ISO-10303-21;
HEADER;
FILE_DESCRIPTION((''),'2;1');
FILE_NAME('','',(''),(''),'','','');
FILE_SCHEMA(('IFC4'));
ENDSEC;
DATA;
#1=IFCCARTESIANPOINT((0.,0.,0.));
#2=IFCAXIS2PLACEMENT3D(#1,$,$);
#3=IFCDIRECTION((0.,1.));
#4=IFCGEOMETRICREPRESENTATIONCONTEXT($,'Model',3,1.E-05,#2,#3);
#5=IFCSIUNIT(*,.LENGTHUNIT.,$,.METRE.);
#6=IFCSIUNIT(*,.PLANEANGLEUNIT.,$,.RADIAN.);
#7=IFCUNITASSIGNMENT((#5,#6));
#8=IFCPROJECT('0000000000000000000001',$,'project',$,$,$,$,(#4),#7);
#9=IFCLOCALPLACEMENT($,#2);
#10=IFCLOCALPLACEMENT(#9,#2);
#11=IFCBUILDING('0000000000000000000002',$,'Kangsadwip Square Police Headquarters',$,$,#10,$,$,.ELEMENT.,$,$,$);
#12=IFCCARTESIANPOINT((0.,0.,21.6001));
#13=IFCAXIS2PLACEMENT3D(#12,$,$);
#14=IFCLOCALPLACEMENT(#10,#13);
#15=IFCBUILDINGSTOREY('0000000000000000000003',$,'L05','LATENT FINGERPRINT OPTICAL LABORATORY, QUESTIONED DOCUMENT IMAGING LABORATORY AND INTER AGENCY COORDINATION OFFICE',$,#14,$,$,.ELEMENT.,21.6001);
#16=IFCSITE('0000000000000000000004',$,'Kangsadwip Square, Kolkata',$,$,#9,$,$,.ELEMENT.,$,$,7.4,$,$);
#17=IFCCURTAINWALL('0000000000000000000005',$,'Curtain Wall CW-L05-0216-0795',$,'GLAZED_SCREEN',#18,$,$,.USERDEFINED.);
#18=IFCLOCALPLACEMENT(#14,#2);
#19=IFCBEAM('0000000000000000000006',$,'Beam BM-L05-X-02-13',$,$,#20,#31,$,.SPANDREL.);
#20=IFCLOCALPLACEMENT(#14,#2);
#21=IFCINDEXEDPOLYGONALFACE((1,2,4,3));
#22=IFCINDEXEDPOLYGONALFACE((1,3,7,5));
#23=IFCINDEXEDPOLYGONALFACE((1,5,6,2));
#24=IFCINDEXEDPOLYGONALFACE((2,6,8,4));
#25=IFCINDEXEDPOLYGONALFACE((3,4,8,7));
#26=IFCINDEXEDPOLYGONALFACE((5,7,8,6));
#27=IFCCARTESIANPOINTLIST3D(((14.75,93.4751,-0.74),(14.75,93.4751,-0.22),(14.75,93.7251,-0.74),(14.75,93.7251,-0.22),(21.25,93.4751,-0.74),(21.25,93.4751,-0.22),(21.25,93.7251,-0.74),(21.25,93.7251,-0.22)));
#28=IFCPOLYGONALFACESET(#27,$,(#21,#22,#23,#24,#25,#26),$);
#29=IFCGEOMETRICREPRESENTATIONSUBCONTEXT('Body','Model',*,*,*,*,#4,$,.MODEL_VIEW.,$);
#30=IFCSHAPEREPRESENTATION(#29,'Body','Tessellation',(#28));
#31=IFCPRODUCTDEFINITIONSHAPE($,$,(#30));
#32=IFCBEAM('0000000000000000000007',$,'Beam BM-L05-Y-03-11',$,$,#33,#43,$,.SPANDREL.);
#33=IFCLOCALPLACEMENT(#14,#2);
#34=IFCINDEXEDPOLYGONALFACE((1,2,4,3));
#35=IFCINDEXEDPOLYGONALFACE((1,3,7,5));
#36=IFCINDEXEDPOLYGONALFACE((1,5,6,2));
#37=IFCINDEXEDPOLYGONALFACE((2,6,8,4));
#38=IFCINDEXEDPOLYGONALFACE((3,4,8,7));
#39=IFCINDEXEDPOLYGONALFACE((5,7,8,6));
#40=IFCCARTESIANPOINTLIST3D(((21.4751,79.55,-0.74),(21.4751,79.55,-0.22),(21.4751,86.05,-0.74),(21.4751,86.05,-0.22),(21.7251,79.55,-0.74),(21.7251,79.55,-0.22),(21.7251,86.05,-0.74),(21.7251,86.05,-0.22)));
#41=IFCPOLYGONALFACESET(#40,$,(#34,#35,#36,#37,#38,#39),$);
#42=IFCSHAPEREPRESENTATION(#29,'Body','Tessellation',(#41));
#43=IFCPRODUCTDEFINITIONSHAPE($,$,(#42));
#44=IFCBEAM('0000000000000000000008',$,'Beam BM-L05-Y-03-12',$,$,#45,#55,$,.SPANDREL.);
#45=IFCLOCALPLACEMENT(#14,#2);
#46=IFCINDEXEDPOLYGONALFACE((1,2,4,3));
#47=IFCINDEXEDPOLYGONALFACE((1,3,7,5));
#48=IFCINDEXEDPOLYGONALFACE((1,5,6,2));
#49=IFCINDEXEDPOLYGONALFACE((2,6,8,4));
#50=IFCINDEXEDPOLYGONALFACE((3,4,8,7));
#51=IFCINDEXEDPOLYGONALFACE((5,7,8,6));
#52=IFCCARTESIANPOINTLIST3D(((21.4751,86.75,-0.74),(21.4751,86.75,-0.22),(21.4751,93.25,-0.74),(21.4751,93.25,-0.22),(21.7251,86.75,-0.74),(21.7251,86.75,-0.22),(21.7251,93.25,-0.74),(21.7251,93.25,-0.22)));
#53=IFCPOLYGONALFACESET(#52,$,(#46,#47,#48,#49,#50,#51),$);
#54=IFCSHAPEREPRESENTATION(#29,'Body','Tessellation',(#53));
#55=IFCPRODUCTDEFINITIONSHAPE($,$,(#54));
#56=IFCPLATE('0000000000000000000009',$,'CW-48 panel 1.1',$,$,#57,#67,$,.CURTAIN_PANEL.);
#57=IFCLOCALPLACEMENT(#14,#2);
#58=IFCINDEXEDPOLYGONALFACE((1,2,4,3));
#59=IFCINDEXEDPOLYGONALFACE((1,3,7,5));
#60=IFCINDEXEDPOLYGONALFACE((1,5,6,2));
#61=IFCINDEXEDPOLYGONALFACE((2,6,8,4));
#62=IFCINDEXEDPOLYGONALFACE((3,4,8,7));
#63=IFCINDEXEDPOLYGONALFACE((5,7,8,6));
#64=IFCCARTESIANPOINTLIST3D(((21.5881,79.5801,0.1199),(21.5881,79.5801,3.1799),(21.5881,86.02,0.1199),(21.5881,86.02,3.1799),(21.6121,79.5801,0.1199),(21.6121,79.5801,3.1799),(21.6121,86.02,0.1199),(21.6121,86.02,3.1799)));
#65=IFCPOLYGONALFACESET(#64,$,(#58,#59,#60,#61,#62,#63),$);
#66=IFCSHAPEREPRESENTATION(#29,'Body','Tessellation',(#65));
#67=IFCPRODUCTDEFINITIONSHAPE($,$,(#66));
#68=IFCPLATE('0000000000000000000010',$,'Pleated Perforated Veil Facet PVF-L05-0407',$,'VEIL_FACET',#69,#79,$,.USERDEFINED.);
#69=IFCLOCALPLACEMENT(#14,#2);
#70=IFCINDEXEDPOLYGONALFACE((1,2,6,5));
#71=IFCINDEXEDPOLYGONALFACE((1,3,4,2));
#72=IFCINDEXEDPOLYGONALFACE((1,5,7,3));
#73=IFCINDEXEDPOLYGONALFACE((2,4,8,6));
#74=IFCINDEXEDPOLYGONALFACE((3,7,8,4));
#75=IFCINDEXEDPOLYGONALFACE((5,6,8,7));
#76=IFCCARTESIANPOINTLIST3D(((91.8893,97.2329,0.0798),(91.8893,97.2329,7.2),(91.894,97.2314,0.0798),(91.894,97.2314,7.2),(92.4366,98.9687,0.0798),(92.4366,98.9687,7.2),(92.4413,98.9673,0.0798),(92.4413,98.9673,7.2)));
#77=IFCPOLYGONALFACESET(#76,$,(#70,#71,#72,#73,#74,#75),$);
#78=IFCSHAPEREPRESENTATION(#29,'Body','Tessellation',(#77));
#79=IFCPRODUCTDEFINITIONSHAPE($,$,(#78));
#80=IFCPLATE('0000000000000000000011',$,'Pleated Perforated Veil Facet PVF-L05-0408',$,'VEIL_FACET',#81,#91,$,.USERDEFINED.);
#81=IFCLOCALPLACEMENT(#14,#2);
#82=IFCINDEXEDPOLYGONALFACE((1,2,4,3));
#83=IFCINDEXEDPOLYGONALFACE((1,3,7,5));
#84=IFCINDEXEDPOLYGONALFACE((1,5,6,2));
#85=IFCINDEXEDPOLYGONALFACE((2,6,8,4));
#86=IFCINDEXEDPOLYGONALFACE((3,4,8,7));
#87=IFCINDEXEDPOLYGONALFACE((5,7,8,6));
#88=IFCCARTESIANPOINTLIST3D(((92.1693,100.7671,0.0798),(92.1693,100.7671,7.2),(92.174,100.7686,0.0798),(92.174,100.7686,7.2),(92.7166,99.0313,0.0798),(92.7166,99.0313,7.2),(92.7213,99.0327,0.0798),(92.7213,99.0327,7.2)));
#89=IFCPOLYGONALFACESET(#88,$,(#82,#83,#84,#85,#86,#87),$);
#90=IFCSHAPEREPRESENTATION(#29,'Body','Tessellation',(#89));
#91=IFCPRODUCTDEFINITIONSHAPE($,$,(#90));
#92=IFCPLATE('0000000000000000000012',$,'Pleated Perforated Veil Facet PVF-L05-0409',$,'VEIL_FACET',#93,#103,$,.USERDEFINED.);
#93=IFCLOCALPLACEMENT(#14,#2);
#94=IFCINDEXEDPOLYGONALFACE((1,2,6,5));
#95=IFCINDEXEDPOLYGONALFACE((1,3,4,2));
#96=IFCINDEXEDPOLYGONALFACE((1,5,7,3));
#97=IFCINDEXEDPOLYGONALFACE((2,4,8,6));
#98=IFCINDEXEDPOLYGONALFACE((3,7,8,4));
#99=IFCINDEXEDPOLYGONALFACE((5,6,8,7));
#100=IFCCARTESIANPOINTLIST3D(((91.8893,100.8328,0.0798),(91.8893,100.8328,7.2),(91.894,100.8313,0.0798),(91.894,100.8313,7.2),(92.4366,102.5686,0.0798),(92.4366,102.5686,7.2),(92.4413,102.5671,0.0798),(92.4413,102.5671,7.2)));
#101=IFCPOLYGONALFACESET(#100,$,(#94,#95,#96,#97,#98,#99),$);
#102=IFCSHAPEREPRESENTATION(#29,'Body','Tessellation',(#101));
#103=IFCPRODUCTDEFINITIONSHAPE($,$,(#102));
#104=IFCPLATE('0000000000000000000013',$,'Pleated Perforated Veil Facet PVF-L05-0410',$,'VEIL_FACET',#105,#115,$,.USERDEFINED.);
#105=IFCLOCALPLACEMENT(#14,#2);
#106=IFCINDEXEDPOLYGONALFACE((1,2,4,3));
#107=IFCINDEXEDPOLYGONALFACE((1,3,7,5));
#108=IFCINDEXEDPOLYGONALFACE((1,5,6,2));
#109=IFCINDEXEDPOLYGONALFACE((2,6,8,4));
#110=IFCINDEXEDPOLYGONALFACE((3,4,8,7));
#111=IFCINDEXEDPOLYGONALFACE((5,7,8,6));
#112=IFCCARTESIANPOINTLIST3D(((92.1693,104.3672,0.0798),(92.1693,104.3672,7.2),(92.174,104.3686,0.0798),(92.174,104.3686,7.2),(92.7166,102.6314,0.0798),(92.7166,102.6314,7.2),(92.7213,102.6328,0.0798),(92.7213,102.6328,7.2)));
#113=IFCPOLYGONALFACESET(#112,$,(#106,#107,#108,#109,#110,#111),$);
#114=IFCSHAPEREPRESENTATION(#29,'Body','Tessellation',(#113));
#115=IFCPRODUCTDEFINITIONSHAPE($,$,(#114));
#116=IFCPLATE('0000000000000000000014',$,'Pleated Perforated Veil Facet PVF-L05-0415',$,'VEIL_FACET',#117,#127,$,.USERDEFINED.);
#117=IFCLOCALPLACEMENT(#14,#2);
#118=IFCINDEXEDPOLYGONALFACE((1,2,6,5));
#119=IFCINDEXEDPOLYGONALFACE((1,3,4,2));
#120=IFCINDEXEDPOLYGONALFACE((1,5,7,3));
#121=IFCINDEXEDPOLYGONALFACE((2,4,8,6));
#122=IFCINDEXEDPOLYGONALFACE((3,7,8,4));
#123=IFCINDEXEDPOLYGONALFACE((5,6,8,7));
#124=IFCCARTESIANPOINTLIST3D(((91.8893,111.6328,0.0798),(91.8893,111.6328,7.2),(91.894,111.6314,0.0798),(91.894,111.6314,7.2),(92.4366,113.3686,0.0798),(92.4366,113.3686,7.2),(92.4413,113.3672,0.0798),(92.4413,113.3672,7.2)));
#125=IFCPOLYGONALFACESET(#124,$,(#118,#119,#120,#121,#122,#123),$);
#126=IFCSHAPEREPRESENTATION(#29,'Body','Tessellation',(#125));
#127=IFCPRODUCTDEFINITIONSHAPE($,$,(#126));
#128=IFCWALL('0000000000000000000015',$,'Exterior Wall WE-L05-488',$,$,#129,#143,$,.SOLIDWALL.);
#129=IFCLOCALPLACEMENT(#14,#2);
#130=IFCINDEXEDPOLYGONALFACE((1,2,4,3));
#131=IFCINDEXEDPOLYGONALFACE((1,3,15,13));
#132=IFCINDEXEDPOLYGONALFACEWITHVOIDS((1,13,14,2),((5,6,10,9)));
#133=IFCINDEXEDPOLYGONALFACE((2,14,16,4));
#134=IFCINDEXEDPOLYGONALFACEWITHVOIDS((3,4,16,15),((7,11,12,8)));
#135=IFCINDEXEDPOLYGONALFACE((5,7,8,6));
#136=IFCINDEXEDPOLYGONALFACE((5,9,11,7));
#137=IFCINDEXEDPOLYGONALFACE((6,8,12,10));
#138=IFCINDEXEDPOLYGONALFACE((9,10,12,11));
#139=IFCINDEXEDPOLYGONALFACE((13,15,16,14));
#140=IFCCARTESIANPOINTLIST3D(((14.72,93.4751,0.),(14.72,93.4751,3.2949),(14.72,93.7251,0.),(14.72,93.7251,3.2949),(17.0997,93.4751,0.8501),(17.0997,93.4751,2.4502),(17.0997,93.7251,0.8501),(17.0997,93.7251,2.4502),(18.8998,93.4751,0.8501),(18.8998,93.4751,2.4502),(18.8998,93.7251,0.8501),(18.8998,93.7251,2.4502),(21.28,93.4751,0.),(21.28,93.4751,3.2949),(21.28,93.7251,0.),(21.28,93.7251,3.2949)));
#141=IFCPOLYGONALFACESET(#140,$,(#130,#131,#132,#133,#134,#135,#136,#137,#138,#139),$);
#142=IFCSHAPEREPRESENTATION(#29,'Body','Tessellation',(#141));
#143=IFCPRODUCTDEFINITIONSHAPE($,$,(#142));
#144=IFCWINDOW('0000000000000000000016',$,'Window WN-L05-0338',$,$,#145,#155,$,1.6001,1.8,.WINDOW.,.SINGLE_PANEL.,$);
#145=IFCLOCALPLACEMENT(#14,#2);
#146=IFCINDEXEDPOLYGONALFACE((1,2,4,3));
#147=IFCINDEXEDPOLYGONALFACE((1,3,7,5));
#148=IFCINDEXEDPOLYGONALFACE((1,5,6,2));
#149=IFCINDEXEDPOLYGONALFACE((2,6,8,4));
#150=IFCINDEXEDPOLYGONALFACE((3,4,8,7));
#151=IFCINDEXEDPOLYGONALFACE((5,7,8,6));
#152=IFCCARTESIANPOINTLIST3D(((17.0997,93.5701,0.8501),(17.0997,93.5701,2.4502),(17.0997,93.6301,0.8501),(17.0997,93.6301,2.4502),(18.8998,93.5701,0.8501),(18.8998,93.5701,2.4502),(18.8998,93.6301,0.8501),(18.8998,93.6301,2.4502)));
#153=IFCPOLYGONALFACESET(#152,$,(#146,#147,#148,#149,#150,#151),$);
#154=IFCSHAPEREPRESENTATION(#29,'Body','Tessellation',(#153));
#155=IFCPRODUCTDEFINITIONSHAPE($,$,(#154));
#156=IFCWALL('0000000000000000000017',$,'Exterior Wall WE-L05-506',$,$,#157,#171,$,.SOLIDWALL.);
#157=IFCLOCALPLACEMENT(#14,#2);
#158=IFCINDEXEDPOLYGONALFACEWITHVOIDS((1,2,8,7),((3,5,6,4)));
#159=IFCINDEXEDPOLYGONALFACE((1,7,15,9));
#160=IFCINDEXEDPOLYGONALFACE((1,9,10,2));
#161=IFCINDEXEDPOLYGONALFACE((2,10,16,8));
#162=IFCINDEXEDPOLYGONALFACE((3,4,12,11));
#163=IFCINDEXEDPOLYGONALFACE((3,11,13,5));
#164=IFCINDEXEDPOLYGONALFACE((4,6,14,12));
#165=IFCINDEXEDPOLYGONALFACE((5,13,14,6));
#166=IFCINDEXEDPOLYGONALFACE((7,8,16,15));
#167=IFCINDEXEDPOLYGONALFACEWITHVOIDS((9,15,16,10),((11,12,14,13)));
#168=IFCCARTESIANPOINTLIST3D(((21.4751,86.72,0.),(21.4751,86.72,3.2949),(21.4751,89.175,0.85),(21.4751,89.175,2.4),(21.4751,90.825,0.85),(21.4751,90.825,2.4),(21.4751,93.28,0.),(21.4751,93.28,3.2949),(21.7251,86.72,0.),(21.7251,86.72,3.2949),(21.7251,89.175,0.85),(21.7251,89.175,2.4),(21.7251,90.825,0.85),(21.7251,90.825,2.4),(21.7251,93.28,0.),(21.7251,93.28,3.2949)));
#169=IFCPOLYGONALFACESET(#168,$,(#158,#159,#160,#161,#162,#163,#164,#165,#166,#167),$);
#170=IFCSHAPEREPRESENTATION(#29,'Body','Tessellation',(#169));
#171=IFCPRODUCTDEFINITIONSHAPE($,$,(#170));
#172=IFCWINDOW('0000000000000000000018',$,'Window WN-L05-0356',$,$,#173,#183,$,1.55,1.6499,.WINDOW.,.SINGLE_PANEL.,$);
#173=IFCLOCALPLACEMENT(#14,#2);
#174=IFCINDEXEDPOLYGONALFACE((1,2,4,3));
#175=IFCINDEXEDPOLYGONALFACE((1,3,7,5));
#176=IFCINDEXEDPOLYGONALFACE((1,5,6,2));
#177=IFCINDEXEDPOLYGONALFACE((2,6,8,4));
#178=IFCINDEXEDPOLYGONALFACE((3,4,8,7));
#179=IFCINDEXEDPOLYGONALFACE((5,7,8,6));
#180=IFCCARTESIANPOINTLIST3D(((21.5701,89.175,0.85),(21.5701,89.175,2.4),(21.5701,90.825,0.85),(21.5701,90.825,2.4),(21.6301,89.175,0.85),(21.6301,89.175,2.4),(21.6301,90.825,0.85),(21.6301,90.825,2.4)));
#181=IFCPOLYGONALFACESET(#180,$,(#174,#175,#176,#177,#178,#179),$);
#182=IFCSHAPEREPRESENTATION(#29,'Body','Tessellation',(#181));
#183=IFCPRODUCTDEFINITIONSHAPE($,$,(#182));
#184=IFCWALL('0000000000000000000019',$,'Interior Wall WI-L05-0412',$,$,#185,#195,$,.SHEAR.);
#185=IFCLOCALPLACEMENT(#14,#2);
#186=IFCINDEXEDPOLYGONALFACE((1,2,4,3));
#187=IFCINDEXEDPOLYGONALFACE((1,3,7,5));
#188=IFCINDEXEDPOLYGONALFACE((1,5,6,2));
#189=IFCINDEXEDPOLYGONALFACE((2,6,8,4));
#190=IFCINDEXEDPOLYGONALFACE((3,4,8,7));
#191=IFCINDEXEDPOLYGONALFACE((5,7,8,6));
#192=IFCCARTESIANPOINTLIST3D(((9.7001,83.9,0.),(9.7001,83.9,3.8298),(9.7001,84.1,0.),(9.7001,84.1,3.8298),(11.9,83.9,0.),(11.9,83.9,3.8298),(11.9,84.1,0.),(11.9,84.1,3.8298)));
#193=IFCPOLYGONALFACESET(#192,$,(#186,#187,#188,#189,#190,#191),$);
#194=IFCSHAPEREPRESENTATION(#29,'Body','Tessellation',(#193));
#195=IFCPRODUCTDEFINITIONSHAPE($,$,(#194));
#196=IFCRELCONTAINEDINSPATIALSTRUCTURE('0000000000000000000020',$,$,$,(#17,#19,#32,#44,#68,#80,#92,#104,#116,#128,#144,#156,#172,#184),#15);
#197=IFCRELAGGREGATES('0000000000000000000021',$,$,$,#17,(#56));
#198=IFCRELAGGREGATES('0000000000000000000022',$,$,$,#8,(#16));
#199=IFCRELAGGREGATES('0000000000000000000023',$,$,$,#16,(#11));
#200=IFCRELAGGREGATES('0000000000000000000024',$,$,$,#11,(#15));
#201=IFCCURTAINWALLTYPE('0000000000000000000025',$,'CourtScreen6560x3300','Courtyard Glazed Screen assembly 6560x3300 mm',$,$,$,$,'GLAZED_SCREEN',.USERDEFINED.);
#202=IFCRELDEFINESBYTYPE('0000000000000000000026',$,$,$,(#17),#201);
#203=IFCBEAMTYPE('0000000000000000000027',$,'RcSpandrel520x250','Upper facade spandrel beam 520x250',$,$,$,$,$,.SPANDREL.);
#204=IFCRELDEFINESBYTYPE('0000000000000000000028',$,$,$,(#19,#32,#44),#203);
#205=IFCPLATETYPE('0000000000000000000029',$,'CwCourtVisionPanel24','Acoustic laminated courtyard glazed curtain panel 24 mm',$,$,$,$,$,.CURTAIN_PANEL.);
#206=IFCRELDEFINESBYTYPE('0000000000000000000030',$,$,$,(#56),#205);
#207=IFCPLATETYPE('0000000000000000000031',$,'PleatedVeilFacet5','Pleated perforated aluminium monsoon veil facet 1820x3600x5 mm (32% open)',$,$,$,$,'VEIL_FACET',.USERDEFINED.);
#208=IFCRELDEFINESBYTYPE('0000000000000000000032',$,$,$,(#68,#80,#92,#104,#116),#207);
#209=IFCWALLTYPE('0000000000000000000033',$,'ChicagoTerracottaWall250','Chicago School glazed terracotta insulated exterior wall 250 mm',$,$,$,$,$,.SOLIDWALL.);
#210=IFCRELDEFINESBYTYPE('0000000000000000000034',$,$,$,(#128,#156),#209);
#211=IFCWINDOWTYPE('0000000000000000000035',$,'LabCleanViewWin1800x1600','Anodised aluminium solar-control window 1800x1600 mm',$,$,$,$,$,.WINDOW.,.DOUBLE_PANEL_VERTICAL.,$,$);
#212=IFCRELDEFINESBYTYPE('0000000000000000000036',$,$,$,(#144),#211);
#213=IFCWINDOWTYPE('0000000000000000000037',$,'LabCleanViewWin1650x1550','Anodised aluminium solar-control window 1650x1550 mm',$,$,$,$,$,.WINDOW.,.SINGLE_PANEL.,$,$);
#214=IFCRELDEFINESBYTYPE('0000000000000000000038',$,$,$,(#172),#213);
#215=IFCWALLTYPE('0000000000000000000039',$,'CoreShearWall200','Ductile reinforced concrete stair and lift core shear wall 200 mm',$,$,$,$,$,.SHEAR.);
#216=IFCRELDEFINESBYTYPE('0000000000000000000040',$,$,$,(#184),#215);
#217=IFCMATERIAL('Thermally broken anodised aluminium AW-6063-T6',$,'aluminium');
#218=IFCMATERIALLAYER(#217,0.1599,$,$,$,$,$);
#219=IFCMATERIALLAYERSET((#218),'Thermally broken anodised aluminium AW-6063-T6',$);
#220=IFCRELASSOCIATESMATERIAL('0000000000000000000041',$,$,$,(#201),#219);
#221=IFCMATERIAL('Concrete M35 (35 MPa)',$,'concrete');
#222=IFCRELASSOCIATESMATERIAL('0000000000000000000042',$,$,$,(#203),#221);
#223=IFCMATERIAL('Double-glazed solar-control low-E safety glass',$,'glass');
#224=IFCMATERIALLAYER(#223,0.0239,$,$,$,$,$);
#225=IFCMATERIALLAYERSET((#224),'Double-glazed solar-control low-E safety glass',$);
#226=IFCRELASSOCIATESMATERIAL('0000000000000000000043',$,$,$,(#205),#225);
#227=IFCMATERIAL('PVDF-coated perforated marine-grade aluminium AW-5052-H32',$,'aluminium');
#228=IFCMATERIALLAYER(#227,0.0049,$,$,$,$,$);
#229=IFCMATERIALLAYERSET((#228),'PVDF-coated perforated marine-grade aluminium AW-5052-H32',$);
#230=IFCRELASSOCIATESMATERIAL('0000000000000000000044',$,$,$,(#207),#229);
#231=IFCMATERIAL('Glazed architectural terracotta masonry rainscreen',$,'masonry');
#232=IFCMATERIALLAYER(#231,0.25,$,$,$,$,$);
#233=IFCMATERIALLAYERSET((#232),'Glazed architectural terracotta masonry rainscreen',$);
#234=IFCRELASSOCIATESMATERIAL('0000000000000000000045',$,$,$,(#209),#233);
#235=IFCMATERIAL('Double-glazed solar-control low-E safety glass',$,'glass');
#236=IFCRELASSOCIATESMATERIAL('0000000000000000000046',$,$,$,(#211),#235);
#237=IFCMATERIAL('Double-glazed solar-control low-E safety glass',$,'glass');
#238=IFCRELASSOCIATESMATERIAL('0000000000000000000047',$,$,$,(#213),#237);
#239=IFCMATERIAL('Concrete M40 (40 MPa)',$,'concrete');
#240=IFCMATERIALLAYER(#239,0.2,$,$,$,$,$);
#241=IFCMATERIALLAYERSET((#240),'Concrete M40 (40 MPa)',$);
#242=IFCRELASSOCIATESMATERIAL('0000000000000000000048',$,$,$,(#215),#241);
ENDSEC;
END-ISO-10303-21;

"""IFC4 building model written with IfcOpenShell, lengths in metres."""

from ifc_helpers import new_model, si_unit, direction, frame, frame_2d, origin, origin_2d, place, context, subcontext, project, spatial, rectangle, extrude, material, layer, layer_set, material_profile, profile_set, type_object, element, fill, aggregate, save


model = new_model("IFC4")

# Units and contexts
model_context = context("Model", 3, precision=1e-05, world=origin(), true_north=direction((0.0, 1.0)))
body_context = subcontext(model_context, "Body", "Model", "MODEL_VIEW")
ifc_project = project(units=[si_unit("LENGTHUNIT", "METRE"), si_unit("PLANEANGLEUNIT", "RADIAN")], contexts=[model_context])

# Site, building, storey
site_placement = place(None, origin())
site = spatial("IfcSite", under=ifc_project, at=site_placement, Name="Kangsadwip Square, Kolkata", CompositionType="ELEMENT", RefElevation=7.4)
building_placement = place(site_placement, origin())
building = spatial("IfcBuilding", under=site, at=building_placement, Name="Kangsadwip Square Police Headquarters", CompositionType="ELEMENT")
storey_placement = place(building_placement, frame((0.0, 0.0, 21.6001)))
storey = spatial("IfcBuildingStorey", under=building, at=storey_placement, Name="L05", Description="LATENT FINGERPRINT OPTICAL LABORATORY, QUESTIONED DOCUMENT IMAGING LABORATORY AND INTER AGENCY COORDINATION OFFICE", CompositionType="ELEMENT", Elevation=21.6001)

# Curtain wall
ifc_material_1 = material(Name="Thermally broken anodised aluminium AW-6063-T6", Category="aluminium")
ifc_layer_1 = layer(ifc_material_1, 0.1599)
ifc_layer_set_1 = layer_set([ifc_layer_1], Name="Thermally broken anodised aluminium AW-6063-T6")
curtain_wall_type = type_object("IfcCurtainWallType", Name="CourtScreen6560x3300", Description="Courtyard Glazed Screen assembly 6560x3300 mm", ElementType="GLAZED_SCREEN", PredefinedType="USERDEFINED", material=ifc_layer_set_1)
curtain_wall_placement = place(storey_placement, origin())
curtain_wall = element("IfcCurtainWall", 1, at=curtain_wall_placement, inside=storey, type_object=curtain_wall_type, Name="Curtain Wall CW-L05-0216-0795", ObjectType="GLAZED_SCREEN", PredefinedType="USERDEFINED")

# Beams
ifc_material_2 = material(Name="Concrete M35 (35 MPa)", Category="concrete")
ifc_material_profile_1 = material_profile(ifc_material_2, rectangle(XDim=0.25, YDim=0.52, at=origin_2d()), Name="RC SPN 520X250")
ifc_profile_set_1 = profile_set([ifc_material_profile_1], Name="Concrete M35 (35 MPa)")
beam_type_1 = type_object("IfcBeamType", Name="RcSpandrel520x250", Description="Upper facade spandrel beam 520x250", PredefinedType="SPANDREL", material=ifc_profile_set_1)
for number, where, z_axis, x_axis, name in (
    (2, (14.75, 93.6001, -0.48), (1.0, 0.0, 0.0), (0.0, 1.0, 0.0), "Beam BM-L05-X-02-13"),
    (3, (21.6001, 79.55, -0.48), (0.0, 1.0, 0.0), (-1.0, 0.0, 0.0), "Beam BM-L05-Y-03-11"),
    (4, (21.6001, 86.75, -0.48), (0.0, 1.0, 0.0), (-1.0, 0.0, 0.0), "Beam BM-L05-Y-03-12"),
):
    element("IfcBeam", number, at=place(storey_placement, frame(where, z_axis=z_axis, x_axis=x_axis)), inside=storey, type_object=beam_type_1, Name=name, PredefinedType="SPANDREL", context=body_context, shape_type="SweptSolid", body=[
        extrude(rectangle(XDim=0.25, YDim=0.52, at=origin_2d()), origin(), (0.0, 0.0, 1.0), 6.5),
    ])

# Plate
ifc_material_3 = material(Name="Double-glazed solar-control low-E safety glass", Category="glass")
ifc_layer_2 = layer(ifc_material_3, 0.0239)
ifc_layer_set_2 = layer_set([ifc_layer_2], Name="Double-glazed solar-control low-E safety glass")
plate_type_1 = type_object("IfcPlateType", Name="CwCourtVisionPanel24", Description="Acoustic laminated courtyard glazed curtain panel 24 mm", PredefinedType="CURTAIN_PANEL", material=ifc_layer_set_2)
plate_placement = place(storey_placement, frame((21.6001, 82.8, 0.1199), z_axis=(0.0, 0.0, 1.0), x_axis=(0.0, 1.0, 0.0)))
plate = element("IfcPlate", 5, at=plate_placement, type_object=plate_type_1, Name="CW-48 panel 1.1", PredefinedType="CURTAIN_PANEL", context=body_context, shape_type="SweptSolid", body=[
    extrude(rectangle(XDim=6.4399, YDim=0.0239, at=origin_2d()), origin(), (0.0, 0.0, 1.0), 3.0601),
])
aggregate(curtain_wall, [plate])

# Plates
ifc_material_4 = material(Name="PVDF-coated perforated marine-grade aluminium AW-5052-H32", Category="aluminium")
ifc_layer_3 = layer(ifc_material_4, 0.0049)
ifc_layer_set_3 = layer_set([ifc_layer_3], Name="PVDF-coated perforated marine-grade aluminium AW-5052-H32")
plate_type_2 = type_object("IfcPlateType", Name="PleatedVeilFacet5", Description="Pleated perforated aluminium monsoon veil facet 1820x3600x5 mm (32% open)", ElementType="VEIL_FACET", PredefinedType="USERDEFINED", material=ifc_layer_set_3)
for number, where, z_axis, x_axis, name in (
    (6, (92.1653, 98.1001, 0.0798), (0.0, 0.0, 1.0), (0.300706, 0.953717, 0.0), "Pleated Perforated Veil Facet PVF-L05-0407"),
    (7, (92.4453, 99.8999, 0.0798), (0.0, 0.0, 1.0), (-0.300706, 0.953717, 0.0), "Pleated Perforated Veil Facet PVF-L05-0408"),
    (8, (92.1653, 101.7, 0.0798), (0.0, 0.0, 1.0), (0.300706, 0.953717, 0.0), "Pleated Perforated Veil Facet PVF-L05-0409"),
    (9, (92.4453, 103.5, 0.0798), (0.0, 0.0, 1.0), (-0.300706, 0.953717, 0.0), "Pleated Perforated Veil Facet PVF-L05-0410"),
    (10, (92.1653, 112.5, 0.0798), (0.0, 0.0, 1.0), (0.300706, 0.953717, 0.0), "Pleated Perforated Veil Facet PVF-L05-0415"),
):
    element("IfcPlate", number, at=place(storey_placement, frame(where, z_axis=z_axis, x_axis=x_axis)), inside=storey, type_object=plate_type_2, Name=name, ObjectType="VEIL_FACET", PredefinedType="USERDEFINED", context=body_context, shape_type="SweptSolid", body=[
        extrude(rectangle(XDim=1.8201, YDim=0.0049, at=origin_2d()), origin(), (0.0, 0.0, 1.0), 7.1201),
    ])

# Walls, openings, windows
ifc_material_5 = material(Name="Glazed architectural terracotta masonry rainscreen", Category="masonry")
ifc_layer_4 = layer(ifc_material_5, 0.25)
ifc_layer_set_4 = layer_set([ifc_layer_4], Name="Glazed architectural terracotta masonry rainscreen")
wall_type_1 = type_object("IfcWallType", Name="ChicagoTerracottaWall250", Description="Chicago School glazed terracotta insulated exterior wall 250 mm", PredefinedType="SOLIDWALL", material=ifc_layer_set_4)
wall_1_placement = place(storey_placement, frame((14.72, 93.6001, 0.0), z_axis=(0.0, 0.0, 1.0), x_axis=(1.0, 0.0, 0.0)))
wall_1 = element("IfcWall", 11, at=wall_1_placement, inside=storey, type_object=wall_type_1, Name="Exterior Wall WE-L05-488", PredefinedType="SOLIDWALL", context=body_context, shape_type="SweptSolid", body=[
    extrude(rectangle(XDim=6.5601, YDim=0.25, at=frame_2d((3.28, 0.0))), origin(), (0.0, 0.0, 1.0), 3.2949),
])
opening_1_placement = place(wall_1_placement, frame((2.3799, 0.0, 0.8501)))
opening_1 = element("IfcOpeningElement", 12, at=opening_1_placement, cuts=wall_1, PredefinedType="OPENING", context=body_context, shape_type="SweptSolid", body=[
    extrude(rectangle(XDim=1.8, YDim=1.6001, at=frame_2d((0.8999, 0.8))), frame((0.0, 0.135, 0.0), z_axis=(0.0, -1.0, 0.0), x_axis=(1.0, 0.0, 0.0)), (0.0, 0.0, 1.0), 0.27),
])
ifc_material_6 = material(Name="Double-glazed solar-control low-E safety glass", Category="glass")
window_type_1 = type_object("IfcWindowType", Name="LabCleanViewWin1800x1600", Description="Anodised aluminium solar-control window 1800x1600 mm", PartitioningType="DOUBLE_PANEL_VERTICAL", PredefinedType="WINDOW", material=ifc_material_6)
window_1_placement = place(opening_1_placement, origin())
window_1 = element("IfcWindow", 13, at=window_1_placement, inside=storey, type_object=window_type_1, Name="Window WN-L05-0338", OverallHeight=1.6001, OverallWidth=1.8, PartitioningType="SINGLE_PANEL", PredefinedType="WINDOW", context=body_context, shape_type="SweptSolid", body=[
    extrude(rectangle(XDim=1.8, YDim=1.6001, at=frame_2d((0.8999, 0.8))), frame((0.0, 0.03, 0.0), z_axis=(0.0, -1.0, 0.0), x_axis=(1.0, 0.0, 0.0)), (0.0, 0.0, 1.0), 0.0601),
])
fill(opening_1, window_1)
wall_2_placement = place(storey_placement, frame((21.6001, 86.72, 0.0), z_axis=(0.0, 0.0, 1.0), x_axis=(0.0, 1.0, 0.0)))
wall_2 = element("IfcWall", 14, at=wall_2_placement, inside=storey, type_object=wall_type_1, Name="Exterior Wall WE-L05-506", PredefinedType="SOLIDWALL", context=body_context, shape_type="SweptSolid", body=[
    extrude(rectangle(XDim=6.5601, YDim=0.25, at=frame_2d((3.28, 0.0))), origin(), (0.0, 0.0, 1.0), 3.2949),
])
opening_2_placement = place(wall_2_placement, frame((2.4551, 0.0, 0.8501)))
opening_2 = element("IfcOpeningElement", 15, at=opening_2_placement, cuts=wall_2, PredefinedType="OPENING", context=body_context, shape_type="SweptSolid", body=[
    extrude(rectangle(XDim=1.6499, YDim=1.55, at=frame_2d((0.825, 0.7749))), frame((0.0, 0.135, 0.0), z_axis=(0.0, -1.0, 0.0), x_axis=(1.0, 0.0, 0.0)), (0.0, 0.0, 1.0), 0.27),
])
ifc_material_7 = material(Name="Double-glazed solar-control low-E safety glass", Category="glass")
window_type_2 = type_object("IfcWindowType", Name="LabCleanViewWin1650x1550", Description="Anodised aluminium solar-control window 1650x1550 mm", PartitioningType="SINGLE_PANEL", PredefinedType="WINDOW", material=ifc_material_7)
window_2_placement = place(opening_2_placement, origin())
window_2 = element("IfcWindow", 16, at=window_2_placement, inside=storey, type_object=window_type_2, Name="Window WN-L05-0356", OverallHeight=1.55, OverallWidth=1.6499, PartitioningType="SINGLE_PANEL", PredefinedType="WINDOW", context=body_context, shape_type="SweptSolid", body=[
    extrude(rectangle(XDim=1.6499, YDim=1.55, at=frame_2d((0.825, 0.7749))), frame((0.0, 0.03, 0.0), z_axis=(0.0, -1.0, 0.0), x_axis=(1.0, 0.0, 0.0)), (0.0, 0.0, 1.0), 0.0601),
])
fill(opening_2, window_2)

# Wall
ifc_material_8 = material(Name="Concrete M40 (40 MPa)", Category="concrete")
ifc_layer_5 = layer(ifc_material_8, 0.2)
ifc_layer_set_5 = layer_set([ifc_layer_5], Name="Concrete M40 (40 MPa)")
wall_type_2 = type_object("IfcWallType", Name="CoreShearWall200", Description="Ductile reinforced concrete stair and lift core shear wall 200 mm", PredefinedType="SHEAR", material=ifc_layer_set_5)
for number, where, z_axis, x_axis, name in (
    (17, (9.7, 84.0, 0.0), (0.0, 0.0, 1.0), (1.0, 0.0, 0.0), "Interior Wall WI-L05-0412"),
):
    element("IfcWall", number, at=place(storey_placement, frame(where, z_axis=z_axis, x_axis=x_axis)), inside=storey, type_object=wall_type_2, Name=name, PredefinedType="SHEAR", context=body_context, shape_type="SweptSolid", body=[
        extrude(rectangle(XDim=2.2, YDim=0.2, at=frame_2d((1.1001, 0.0))), origin(), (0.0, 0.0, 1.0), 3.8298),
    ])

save(model, "model.ifc")
